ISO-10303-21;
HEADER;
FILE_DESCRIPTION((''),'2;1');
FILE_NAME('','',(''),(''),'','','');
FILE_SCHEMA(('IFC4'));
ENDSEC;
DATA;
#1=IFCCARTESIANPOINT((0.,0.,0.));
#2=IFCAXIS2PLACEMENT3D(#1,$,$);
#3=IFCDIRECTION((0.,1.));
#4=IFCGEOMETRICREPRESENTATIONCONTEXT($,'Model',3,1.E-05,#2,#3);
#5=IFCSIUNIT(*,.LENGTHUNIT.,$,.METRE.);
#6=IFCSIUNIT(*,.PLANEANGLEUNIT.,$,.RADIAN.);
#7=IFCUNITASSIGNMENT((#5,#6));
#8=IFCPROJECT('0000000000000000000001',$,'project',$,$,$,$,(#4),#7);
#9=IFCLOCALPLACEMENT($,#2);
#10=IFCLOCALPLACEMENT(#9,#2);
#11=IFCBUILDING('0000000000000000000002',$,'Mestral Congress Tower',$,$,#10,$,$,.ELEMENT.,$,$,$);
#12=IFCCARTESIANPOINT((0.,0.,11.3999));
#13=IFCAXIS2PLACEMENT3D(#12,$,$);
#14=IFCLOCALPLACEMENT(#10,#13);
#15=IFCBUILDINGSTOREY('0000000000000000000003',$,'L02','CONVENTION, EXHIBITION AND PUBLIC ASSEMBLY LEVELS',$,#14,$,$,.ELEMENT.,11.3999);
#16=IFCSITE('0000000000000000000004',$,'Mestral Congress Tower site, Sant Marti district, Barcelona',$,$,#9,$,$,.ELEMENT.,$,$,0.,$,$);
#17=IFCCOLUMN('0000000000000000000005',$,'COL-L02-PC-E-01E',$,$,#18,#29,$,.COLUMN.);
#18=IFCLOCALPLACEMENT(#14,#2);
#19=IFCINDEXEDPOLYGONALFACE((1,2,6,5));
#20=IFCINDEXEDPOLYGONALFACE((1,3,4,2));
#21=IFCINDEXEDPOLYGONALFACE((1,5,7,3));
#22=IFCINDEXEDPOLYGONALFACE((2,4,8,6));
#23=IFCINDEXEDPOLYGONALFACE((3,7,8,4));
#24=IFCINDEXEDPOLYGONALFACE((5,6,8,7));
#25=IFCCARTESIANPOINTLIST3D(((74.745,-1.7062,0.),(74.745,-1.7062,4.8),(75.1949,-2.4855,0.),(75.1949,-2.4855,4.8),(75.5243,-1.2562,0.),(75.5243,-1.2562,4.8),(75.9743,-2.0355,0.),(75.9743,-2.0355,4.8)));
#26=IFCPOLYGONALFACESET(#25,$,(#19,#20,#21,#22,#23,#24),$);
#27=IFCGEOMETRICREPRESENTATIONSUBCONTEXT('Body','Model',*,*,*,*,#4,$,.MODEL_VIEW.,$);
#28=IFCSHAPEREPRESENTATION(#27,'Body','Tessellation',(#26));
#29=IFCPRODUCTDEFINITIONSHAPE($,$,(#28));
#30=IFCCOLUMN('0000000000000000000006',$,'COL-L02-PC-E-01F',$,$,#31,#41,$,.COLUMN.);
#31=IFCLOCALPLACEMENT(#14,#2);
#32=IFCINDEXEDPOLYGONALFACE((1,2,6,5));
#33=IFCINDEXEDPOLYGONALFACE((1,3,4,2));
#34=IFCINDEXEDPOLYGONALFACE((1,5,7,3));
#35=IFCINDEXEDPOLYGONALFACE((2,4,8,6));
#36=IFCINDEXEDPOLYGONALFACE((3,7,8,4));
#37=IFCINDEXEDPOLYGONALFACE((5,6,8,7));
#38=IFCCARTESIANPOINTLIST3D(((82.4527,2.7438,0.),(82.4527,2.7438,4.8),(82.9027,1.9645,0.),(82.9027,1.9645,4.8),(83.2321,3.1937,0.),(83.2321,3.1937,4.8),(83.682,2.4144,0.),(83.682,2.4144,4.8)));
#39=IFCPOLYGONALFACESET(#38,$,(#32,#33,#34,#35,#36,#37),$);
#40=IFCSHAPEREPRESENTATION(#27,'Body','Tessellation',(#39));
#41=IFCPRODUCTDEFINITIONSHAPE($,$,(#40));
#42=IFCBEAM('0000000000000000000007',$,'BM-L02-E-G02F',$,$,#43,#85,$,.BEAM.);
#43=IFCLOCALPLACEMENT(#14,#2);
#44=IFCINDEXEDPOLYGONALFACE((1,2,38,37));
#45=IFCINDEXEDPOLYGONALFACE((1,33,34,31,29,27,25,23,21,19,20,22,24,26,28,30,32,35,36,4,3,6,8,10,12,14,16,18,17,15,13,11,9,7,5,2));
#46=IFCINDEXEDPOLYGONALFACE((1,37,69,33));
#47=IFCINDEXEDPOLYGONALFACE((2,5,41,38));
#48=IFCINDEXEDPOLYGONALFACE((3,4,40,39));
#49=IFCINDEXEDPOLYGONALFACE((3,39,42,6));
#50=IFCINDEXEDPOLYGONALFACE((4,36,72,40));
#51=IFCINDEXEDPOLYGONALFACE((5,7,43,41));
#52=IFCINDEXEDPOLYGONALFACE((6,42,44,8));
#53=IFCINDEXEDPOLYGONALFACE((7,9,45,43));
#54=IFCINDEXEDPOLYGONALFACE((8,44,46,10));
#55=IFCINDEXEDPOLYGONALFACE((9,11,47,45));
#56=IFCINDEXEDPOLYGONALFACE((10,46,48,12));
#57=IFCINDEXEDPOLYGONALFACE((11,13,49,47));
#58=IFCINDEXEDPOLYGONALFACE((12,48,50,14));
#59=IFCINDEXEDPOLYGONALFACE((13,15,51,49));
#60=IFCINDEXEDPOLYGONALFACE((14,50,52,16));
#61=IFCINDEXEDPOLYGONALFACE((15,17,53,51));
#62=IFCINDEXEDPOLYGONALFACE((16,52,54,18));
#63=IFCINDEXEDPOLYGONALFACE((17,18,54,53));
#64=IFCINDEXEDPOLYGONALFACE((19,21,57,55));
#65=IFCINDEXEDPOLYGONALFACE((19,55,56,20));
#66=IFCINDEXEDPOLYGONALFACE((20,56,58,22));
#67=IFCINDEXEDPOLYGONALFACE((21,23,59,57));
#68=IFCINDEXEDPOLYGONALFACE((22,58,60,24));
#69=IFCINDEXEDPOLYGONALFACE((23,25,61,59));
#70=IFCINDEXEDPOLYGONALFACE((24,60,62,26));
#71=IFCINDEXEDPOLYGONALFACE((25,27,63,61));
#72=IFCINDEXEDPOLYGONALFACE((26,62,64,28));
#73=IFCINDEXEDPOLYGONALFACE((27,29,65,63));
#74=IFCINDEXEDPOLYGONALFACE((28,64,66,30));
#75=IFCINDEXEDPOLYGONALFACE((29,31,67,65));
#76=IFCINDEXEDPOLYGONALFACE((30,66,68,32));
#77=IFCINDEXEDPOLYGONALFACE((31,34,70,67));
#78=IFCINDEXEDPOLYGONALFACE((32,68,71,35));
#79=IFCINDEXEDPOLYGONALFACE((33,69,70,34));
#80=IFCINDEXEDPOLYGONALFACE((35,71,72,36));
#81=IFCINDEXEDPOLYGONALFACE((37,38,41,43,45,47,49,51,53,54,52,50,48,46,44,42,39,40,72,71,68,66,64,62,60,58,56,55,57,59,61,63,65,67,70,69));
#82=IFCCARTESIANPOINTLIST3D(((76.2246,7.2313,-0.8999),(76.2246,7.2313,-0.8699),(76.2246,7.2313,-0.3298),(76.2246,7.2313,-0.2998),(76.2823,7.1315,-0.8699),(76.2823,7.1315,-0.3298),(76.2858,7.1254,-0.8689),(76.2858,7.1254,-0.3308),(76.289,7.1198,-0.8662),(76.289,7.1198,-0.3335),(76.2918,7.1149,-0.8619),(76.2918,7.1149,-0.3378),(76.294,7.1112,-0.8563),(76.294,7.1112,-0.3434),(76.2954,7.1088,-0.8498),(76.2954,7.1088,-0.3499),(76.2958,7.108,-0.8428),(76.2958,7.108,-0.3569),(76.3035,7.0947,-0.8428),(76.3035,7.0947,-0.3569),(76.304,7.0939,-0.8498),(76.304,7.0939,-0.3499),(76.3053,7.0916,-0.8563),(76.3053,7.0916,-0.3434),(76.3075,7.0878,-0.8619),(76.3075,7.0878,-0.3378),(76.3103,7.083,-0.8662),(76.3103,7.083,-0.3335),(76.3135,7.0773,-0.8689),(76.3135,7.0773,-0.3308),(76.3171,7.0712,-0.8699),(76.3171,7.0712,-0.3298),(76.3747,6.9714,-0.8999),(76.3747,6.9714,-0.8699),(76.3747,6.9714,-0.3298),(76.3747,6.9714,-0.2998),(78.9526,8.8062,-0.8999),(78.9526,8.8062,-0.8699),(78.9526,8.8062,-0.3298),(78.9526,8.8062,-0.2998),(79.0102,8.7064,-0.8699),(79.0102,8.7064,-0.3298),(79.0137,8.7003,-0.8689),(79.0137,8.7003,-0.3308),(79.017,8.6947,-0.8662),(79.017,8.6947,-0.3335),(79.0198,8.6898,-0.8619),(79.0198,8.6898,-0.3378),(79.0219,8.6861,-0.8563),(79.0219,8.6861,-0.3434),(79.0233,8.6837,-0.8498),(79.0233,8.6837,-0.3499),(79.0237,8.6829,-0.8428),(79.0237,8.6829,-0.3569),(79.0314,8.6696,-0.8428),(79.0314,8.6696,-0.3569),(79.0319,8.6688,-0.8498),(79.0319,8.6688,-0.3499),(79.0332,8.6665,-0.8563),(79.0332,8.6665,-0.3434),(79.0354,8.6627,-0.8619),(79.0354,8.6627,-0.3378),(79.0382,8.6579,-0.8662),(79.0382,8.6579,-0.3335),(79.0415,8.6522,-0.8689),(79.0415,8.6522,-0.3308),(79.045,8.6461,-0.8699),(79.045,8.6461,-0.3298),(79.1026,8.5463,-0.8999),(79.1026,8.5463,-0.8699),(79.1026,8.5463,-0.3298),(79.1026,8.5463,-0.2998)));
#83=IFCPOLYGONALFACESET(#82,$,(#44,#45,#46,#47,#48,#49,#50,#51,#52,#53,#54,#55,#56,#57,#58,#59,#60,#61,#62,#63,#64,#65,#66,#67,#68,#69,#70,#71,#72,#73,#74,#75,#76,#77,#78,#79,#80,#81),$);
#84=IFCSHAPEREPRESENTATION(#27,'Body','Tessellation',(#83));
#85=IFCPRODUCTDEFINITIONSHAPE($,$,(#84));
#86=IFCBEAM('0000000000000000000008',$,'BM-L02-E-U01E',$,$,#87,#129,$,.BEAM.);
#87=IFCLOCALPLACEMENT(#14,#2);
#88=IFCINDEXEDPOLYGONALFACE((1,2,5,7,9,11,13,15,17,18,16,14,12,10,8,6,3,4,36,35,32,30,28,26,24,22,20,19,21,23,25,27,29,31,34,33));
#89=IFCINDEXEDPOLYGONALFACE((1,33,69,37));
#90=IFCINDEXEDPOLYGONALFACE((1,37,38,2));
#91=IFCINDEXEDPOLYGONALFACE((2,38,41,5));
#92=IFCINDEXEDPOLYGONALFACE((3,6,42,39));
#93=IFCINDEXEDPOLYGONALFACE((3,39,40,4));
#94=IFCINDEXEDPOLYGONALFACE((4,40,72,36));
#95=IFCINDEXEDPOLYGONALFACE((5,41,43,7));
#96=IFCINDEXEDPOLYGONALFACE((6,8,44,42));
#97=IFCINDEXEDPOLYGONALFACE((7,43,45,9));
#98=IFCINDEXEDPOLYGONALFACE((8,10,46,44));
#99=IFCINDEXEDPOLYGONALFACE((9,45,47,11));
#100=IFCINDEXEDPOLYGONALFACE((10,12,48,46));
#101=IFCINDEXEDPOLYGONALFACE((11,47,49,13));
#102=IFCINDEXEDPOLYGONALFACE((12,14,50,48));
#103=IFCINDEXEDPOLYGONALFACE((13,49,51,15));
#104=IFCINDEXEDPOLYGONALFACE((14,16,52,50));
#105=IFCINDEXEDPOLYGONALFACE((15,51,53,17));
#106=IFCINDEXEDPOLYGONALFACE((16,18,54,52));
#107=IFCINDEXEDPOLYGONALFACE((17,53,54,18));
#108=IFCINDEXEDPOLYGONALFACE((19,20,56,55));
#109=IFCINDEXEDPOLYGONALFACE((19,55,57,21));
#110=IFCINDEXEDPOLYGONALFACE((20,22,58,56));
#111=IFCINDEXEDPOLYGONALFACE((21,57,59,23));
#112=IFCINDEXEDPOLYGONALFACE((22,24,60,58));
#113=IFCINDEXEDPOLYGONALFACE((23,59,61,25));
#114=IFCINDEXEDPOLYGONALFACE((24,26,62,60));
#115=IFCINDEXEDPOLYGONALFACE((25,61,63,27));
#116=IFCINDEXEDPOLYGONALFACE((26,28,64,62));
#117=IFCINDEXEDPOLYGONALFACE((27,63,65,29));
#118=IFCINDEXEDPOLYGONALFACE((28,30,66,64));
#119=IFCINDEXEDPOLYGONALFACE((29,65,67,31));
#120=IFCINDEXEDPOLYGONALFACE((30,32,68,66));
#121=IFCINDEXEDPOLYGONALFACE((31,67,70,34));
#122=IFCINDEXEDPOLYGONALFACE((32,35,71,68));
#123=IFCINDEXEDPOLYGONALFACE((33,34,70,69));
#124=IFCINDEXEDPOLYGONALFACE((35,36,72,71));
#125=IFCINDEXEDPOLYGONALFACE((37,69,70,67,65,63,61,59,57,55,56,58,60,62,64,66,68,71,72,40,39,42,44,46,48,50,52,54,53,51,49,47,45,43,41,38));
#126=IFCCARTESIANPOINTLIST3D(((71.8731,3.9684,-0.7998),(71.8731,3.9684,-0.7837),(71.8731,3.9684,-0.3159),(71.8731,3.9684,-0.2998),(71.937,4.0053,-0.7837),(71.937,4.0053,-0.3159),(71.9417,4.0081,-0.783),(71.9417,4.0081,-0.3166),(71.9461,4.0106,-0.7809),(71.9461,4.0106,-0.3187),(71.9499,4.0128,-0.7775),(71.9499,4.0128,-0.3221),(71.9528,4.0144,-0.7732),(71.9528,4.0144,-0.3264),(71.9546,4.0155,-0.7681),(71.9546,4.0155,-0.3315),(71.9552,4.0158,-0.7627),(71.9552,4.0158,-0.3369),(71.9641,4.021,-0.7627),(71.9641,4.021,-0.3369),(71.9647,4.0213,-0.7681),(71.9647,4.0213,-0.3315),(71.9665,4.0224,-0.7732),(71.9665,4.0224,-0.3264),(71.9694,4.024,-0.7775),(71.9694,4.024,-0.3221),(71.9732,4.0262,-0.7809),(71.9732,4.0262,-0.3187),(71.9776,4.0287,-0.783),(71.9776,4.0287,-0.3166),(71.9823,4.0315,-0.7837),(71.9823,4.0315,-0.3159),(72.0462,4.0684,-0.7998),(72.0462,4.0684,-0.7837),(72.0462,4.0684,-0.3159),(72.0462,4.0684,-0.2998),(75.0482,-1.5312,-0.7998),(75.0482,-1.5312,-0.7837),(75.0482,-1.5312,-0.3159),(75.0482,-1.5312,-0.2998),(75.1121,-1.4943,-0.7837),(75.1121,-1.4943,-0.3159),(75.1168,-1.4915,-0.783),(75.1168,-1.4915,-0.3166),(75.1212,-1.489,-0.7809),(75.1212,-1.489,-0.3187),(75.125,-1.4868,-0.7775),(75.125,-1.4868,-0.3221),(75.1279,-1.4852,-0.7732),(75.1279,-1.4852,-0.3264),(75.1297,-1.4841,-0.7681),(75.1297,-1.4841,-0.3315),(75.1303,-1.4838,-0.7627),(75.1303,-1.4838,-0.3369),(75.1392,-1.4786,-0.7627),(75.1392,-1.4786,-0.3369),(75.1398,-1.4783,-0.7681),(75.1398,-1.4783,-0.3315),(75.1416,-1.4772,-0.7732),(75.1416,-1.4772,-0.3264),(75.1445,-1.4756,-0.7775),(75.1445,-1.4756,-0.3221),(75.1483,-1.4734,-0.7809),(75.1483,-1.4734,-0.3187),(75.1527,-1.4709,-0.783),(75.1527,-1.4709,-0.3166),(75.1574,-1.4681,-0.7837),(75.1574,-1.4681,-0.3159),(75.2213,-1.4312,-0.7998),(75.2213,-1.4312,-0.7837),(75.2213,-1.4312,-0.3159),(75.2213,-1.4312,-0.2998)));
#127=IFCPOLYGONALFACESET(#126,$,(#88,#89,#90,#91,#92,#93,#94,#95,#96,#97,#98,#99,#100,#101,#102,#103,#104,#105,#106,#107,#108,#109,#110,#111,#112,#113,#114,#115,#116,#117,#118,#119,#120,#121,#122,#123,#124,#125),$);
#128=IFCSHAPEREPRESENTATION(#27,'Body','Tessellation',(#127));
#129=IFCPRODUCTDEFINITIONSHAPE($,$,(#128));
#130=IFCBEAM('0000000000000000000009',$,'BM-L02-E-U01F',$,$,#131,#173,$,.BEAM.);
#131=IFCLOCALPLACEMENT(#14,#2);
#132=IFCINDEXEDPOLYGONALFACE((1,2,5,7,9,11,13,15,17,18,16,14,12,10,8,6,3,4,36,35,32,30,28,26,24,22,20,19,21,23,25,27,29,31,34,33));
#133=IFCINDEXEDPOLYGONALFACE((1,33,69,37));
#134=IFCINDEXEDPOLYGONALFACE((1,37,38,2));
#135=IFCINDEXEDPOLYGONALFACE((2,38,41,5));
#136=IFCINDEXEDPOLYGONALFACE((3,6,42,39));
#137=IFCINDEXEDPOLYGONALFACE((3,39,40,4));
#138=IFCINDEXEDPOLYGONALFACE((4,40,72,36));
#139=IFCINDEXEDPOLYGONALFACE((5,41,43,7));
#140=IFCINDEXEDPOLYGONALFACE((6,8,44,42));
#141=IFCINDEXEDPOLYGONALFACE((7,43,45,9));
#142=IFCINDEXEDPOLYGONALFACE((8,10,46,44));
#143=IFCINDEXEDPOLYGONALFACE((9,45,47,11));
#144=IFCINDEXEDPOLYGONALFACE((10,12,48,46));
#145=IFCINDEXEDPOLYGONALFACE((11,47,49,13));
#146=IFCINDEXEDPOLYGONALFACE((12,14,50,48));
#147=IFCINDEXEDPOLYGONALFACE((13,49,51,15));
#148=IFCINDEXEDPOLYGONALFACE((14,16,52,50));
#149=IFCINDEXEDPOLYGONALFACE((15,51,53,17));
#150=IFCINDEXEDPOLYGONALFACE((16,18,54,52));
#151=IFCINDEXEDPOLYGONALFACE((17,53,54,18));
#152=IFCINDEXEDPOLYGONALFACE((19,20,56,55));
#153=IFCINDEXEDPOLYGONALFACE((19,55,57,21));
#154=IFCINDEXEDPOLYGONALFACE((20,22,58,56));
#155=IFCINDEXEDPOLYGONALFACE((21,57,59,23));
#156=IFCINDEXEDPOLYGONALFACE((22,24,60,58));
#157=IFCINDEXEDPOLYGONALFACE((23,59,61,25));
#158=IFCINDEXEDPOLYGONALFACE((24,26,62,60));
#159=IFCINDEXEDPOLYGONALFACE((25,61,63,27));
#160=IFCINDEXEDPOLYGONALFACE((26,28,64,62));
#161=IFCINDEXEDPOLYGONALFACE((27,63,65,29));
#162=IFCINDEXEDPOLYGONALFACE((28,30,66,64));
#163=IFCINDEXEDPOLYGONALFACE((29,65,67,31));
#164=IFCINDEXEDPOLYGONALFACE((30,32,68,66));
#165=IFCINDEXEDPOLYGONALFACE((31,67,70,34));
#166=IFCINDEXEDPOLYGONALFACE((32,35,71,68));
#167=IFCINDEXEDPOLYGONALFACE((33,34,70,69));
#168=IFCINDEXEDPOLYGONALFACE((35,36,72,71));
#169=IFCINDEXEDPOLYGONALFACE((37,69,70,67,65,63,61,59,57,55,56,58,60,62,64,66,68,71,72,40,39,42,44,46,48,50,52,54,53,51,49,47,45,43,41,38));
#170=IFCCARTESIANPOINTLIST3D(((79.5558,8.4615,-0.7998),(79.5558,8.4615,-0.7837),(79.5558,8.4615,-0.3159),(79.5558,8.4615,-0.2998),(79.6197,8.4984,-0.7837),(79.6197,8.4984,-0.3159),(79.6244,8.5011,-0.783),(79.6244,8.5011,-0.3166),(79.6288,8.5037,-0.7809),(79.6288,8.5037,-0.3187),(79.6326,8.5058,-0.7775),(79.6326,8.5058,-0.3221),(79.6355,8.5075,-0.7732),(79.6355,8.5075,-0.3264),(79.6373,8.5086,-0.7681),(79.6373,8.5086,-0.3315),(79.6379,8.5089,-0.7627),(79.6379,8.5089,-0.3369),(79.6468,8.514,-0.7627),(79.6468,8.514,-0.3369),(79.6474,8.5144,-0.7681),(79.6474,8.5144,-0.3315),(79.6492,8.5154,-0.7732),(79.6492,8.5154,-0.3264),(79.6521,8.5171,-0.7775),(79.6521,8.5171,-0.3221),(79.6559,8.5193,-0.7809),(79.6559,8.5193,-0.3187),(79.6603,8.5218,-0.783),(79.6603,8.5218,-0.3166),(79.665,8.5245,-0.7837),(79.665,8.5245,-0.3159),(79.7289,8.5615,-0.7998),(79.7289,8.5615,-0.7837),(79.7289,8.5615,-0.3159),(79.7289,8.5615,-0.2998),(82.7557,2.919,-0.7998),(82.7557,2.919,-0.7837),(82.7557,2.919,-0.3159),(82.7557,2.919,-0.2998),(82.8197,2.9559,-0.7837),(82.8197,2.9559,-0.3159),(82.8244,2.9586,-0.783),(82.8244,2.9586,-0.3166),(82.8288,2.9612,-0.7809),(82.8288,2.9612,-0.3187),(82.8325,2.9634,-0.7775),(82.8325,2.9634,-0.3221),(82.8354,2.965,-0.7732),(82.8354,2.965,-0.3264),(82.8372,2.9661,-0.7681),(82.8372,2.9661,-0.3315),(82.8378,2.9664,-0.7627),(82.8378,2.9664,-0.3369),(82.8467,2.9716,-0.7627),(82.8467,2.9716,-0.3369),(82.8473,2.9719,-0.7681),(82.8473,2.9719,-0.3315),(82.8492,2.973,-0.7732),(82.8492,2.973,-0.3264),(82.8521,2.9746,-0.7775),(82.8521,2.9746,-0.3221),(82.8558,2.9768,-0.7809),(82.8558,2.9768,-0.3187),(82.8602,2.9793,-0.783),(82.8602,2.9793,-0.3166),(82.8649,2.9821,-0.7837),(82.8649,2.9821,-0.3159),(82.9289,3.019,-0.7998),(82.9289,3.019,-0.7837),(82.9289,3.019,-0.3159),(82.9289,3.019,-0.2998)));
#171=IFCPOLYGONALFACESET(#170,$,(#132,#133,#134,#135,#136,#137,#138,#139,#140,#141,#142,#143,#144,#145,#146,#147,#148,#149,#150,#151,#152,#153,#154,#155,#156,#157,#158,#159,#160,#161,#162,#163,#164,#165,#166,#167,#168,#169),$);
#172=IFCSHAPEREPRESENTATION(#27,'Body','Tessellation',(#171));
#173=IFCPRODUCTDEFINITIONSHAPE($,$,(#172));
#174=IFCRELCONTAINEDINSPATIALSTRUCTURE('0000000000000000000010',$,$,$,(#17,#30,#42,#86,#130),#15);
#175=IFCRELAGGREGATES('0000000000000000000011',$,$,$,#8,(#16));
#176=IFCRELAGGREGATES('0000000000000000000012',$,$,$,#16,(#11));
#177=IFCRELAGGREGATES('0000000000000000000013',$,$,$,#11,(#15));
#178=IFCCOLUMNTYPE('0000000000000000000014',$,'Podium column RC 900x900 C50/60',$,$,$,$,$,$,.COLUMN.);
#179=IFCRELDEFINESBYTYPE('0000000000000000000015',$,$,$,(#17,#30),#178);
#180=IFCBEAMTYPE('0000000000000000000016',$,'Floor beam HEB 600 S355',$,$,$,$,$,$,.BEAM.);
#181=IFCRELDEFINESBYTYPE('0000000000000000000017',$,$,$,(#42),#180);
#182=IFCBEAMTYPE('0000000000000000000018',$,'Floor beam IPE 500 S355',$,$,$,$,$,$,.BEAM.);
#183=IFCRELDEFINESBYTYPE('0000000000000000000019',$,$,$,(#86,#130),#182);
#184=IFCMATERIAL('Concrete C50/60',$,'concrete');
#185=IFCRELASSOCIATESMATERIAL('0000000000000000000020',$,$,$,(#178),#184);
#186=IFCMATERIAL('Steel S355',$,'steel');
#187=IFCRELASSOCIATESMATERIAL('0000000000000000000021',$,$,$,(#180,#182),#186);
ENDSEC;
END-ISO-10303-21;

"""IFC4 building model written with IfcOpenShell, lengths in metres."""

from ifc_helpers import new_model, si_unit, direction, frame, origin, origin_2d, place, context, subcontext, project, spatial, rectangle, i_section, extrude, material, material_profile, profile_set, type_object, element, save


model = new_model("IFC4")

# Units and contexts
model_context = context("Model", 3, precision=1e-05, world=origin(), true_north=direction((0.0, 1.0)))
body_context = subcontext(model_context, "Body", "Model", "MODEL_VIEW")
ifc_project = project(units=[si_unit("LENGTHUNIT", "METRE"), si_unit("PLANEANGLEUNIT", "RADIAN")], contexts=[model_context])

# Site, building, storey
site_placement = place(None, origin())
site = spatial("IfcSite", under=ifc_project, at=site_placement, Name="Mestral Congress Tower site, Sant Marti district, Barcelona", CompositionType="ELEMENT", RefElevation=0.0)
building_placement = place(site_placement, origin())
building = spatial("IfcBuilding", under=site, at=building_placement, Name="Mestral Congress Tower", CompositionType="ELEMENT")
storey_placement = place(building_placement, frame((0.0, 0.0, 11.3999)))
storey = spatial("IfcBuildingStorey", under=building, at=storey_placement, Name="L02", Description="CONVENTION, EXHIBITION AND PUBLIC ASSEMBLY LEVELS", CompositionType="ELEMENT", Elevation=11.3999)

# Columns
ifc_material_1 = material(Name="Concrete C50/60", Category="concrete")
ifc_material_profile_1 = material_profile(ifc_material_1, rectangle(XDim=0.8999, YDim=0.8999, at=origin_2d()), Name="RC 900x900")
ifc_profile_set_1 = profile_set([ifc_material_profile_1], Name="Concrete C50/60")
column_type = type_object("IfcColumnType", Name="Podium column RC 900x900 C50/60", PredefinedType="COLUMN", material=ifc_profile_set_1)
for number, where, z_axis, x_axis, name in (
    (1, (75.3596, -1.8708, 0.0), (0.0, 0.0, 1.0), (-0.5, 0.866025, 0.0), "COL-L02-PC-E-01E"),
    (2, (83.0674, 2.5791, 0.0), (0.0, 0.0, 1.0), (-0.5, 0.866025, 0.0), "COL-L02-PC-E-01F"),
):
    element("IfcColumn", number, at=place(storey_placement, frame(where, z_axis=z_axis, x_axis=x_axis)), inside=storey, type_object=column_type, Name=name, PredefinedType="COLUMN", context=body_context, shape_type="SweptSolid", body=[
        extrude(rectangle(XDim=0.8999, YDim=0.8999, at=origin_2d()), origin(), (0.0, 0.0, 1.0), 4.8),
    ])

# Beams
ifc_material_2 = material(Name="Steel S355", Category="steel")
ifc_material_profile_2 = material_profile(ifc_material_2, i_section(OverallWidth=0.3, OverallDepth=0.6001, WebThickness=0.0154, FlangeThickness=0.03, FilletRadius=0.0271, at=origin_2d()), Name="HEB 600")
ifc_profile_set_2 = profile_set([ifc_material_profile_2], Name="Steel S355")
beam_type_1 = type_object("IfcBeamType", Name="Floor beam HEB 600 S355", PredefinedType="BEAM", material=ifc_profile_set_2)
beam_1_placement = place(storey_placement, frame((79.0276, 8.6763, -0.5999), z_axis=(-0.866036, -0.499982, 0.0), x_axis=(0.499982, -0.866036, 0.0)))
element("IfcBeam", 3, at=beam_1_placement, inside=storey, type_object=beam_type_1, Name="BM-L02-E-G02F", PredefinedType="BEAM", context=body_context, shape_type="SweptSolid", body=[
    extrude(i_section(OverallWidth=0.3, OverallDepth=0.6001, WebThickness=0.0154, FlangeThickness=0.03, FilletRadius=0.0271, at=origin_2d()), origin(), (0.0, 0.0, 1.0), 3.1499),
])
ifc_material_profile_3 = material_profile(ifc_material_2, i_section(OverallWidth=0.2, OverallDepth=0.5, WebThickness=0.0103, FlangeThickness=0.0161, FilletRadius=0.021, at=origin_2d()), Name="IPE 500")
ifc_profile_set_3 = profile_set([ifc_material_profile_3], Name="Steel S355")
beam_type_2 = type_object("IfcBeamType", Name="Floor beam IPE 500 S355", PredefinedType="BEAM", material=ifc_profile_set_3)
beam_2_placement = place(storey_placement, frame((75.1348, -1.4812, -0.5498), z_axis=(-0.499989, 0.866032, 0.0), x_axis=(-0.866032, -0.499989, 0.0)))
element("IfcBeam", 4, at=beam_2_placement, inside=storey, type_object=beam_type_2, Name="BM-L02-E-U01E", PredefinedType="BEAM", context=body_context, shape_type="SweptSolid", body=[
    extrude(i_section(OverallWidth=0.2, OverallDepth=0.5, WebThickness=0.0103, FlangeThickness=0.0161, FilletRadius=0.021, at=origin_2d()), origin(), (0.0, 0.0, 1.0), 6.3503),
])
beam_3_placement = place(storey_placement, frame((82.8423, 2.969, -0.5498), z_axis=(-0.5, 0.866025, 0.0), x_axis=(-0.866025, -0.5, 0.0)))
element("IfcBeam", 5, at=beam_3_placement, inside=storey, type_object=beam_type_2, Name="BM-L02-E-U01F", PredefinedType="BEAM", context=body_context, shape_type="SweptSolid", body=[
    extrude(i_section(OverallWidth=0.2, OverallDepth=0.5, WebThickness=0.0103, FlangeThickness=0.0161, FilletRadius=0.021, at=origin_2d()), origin(), (0.0, 0.0, 1.0), 6.3999),
])

save(model, "model.ifc")
